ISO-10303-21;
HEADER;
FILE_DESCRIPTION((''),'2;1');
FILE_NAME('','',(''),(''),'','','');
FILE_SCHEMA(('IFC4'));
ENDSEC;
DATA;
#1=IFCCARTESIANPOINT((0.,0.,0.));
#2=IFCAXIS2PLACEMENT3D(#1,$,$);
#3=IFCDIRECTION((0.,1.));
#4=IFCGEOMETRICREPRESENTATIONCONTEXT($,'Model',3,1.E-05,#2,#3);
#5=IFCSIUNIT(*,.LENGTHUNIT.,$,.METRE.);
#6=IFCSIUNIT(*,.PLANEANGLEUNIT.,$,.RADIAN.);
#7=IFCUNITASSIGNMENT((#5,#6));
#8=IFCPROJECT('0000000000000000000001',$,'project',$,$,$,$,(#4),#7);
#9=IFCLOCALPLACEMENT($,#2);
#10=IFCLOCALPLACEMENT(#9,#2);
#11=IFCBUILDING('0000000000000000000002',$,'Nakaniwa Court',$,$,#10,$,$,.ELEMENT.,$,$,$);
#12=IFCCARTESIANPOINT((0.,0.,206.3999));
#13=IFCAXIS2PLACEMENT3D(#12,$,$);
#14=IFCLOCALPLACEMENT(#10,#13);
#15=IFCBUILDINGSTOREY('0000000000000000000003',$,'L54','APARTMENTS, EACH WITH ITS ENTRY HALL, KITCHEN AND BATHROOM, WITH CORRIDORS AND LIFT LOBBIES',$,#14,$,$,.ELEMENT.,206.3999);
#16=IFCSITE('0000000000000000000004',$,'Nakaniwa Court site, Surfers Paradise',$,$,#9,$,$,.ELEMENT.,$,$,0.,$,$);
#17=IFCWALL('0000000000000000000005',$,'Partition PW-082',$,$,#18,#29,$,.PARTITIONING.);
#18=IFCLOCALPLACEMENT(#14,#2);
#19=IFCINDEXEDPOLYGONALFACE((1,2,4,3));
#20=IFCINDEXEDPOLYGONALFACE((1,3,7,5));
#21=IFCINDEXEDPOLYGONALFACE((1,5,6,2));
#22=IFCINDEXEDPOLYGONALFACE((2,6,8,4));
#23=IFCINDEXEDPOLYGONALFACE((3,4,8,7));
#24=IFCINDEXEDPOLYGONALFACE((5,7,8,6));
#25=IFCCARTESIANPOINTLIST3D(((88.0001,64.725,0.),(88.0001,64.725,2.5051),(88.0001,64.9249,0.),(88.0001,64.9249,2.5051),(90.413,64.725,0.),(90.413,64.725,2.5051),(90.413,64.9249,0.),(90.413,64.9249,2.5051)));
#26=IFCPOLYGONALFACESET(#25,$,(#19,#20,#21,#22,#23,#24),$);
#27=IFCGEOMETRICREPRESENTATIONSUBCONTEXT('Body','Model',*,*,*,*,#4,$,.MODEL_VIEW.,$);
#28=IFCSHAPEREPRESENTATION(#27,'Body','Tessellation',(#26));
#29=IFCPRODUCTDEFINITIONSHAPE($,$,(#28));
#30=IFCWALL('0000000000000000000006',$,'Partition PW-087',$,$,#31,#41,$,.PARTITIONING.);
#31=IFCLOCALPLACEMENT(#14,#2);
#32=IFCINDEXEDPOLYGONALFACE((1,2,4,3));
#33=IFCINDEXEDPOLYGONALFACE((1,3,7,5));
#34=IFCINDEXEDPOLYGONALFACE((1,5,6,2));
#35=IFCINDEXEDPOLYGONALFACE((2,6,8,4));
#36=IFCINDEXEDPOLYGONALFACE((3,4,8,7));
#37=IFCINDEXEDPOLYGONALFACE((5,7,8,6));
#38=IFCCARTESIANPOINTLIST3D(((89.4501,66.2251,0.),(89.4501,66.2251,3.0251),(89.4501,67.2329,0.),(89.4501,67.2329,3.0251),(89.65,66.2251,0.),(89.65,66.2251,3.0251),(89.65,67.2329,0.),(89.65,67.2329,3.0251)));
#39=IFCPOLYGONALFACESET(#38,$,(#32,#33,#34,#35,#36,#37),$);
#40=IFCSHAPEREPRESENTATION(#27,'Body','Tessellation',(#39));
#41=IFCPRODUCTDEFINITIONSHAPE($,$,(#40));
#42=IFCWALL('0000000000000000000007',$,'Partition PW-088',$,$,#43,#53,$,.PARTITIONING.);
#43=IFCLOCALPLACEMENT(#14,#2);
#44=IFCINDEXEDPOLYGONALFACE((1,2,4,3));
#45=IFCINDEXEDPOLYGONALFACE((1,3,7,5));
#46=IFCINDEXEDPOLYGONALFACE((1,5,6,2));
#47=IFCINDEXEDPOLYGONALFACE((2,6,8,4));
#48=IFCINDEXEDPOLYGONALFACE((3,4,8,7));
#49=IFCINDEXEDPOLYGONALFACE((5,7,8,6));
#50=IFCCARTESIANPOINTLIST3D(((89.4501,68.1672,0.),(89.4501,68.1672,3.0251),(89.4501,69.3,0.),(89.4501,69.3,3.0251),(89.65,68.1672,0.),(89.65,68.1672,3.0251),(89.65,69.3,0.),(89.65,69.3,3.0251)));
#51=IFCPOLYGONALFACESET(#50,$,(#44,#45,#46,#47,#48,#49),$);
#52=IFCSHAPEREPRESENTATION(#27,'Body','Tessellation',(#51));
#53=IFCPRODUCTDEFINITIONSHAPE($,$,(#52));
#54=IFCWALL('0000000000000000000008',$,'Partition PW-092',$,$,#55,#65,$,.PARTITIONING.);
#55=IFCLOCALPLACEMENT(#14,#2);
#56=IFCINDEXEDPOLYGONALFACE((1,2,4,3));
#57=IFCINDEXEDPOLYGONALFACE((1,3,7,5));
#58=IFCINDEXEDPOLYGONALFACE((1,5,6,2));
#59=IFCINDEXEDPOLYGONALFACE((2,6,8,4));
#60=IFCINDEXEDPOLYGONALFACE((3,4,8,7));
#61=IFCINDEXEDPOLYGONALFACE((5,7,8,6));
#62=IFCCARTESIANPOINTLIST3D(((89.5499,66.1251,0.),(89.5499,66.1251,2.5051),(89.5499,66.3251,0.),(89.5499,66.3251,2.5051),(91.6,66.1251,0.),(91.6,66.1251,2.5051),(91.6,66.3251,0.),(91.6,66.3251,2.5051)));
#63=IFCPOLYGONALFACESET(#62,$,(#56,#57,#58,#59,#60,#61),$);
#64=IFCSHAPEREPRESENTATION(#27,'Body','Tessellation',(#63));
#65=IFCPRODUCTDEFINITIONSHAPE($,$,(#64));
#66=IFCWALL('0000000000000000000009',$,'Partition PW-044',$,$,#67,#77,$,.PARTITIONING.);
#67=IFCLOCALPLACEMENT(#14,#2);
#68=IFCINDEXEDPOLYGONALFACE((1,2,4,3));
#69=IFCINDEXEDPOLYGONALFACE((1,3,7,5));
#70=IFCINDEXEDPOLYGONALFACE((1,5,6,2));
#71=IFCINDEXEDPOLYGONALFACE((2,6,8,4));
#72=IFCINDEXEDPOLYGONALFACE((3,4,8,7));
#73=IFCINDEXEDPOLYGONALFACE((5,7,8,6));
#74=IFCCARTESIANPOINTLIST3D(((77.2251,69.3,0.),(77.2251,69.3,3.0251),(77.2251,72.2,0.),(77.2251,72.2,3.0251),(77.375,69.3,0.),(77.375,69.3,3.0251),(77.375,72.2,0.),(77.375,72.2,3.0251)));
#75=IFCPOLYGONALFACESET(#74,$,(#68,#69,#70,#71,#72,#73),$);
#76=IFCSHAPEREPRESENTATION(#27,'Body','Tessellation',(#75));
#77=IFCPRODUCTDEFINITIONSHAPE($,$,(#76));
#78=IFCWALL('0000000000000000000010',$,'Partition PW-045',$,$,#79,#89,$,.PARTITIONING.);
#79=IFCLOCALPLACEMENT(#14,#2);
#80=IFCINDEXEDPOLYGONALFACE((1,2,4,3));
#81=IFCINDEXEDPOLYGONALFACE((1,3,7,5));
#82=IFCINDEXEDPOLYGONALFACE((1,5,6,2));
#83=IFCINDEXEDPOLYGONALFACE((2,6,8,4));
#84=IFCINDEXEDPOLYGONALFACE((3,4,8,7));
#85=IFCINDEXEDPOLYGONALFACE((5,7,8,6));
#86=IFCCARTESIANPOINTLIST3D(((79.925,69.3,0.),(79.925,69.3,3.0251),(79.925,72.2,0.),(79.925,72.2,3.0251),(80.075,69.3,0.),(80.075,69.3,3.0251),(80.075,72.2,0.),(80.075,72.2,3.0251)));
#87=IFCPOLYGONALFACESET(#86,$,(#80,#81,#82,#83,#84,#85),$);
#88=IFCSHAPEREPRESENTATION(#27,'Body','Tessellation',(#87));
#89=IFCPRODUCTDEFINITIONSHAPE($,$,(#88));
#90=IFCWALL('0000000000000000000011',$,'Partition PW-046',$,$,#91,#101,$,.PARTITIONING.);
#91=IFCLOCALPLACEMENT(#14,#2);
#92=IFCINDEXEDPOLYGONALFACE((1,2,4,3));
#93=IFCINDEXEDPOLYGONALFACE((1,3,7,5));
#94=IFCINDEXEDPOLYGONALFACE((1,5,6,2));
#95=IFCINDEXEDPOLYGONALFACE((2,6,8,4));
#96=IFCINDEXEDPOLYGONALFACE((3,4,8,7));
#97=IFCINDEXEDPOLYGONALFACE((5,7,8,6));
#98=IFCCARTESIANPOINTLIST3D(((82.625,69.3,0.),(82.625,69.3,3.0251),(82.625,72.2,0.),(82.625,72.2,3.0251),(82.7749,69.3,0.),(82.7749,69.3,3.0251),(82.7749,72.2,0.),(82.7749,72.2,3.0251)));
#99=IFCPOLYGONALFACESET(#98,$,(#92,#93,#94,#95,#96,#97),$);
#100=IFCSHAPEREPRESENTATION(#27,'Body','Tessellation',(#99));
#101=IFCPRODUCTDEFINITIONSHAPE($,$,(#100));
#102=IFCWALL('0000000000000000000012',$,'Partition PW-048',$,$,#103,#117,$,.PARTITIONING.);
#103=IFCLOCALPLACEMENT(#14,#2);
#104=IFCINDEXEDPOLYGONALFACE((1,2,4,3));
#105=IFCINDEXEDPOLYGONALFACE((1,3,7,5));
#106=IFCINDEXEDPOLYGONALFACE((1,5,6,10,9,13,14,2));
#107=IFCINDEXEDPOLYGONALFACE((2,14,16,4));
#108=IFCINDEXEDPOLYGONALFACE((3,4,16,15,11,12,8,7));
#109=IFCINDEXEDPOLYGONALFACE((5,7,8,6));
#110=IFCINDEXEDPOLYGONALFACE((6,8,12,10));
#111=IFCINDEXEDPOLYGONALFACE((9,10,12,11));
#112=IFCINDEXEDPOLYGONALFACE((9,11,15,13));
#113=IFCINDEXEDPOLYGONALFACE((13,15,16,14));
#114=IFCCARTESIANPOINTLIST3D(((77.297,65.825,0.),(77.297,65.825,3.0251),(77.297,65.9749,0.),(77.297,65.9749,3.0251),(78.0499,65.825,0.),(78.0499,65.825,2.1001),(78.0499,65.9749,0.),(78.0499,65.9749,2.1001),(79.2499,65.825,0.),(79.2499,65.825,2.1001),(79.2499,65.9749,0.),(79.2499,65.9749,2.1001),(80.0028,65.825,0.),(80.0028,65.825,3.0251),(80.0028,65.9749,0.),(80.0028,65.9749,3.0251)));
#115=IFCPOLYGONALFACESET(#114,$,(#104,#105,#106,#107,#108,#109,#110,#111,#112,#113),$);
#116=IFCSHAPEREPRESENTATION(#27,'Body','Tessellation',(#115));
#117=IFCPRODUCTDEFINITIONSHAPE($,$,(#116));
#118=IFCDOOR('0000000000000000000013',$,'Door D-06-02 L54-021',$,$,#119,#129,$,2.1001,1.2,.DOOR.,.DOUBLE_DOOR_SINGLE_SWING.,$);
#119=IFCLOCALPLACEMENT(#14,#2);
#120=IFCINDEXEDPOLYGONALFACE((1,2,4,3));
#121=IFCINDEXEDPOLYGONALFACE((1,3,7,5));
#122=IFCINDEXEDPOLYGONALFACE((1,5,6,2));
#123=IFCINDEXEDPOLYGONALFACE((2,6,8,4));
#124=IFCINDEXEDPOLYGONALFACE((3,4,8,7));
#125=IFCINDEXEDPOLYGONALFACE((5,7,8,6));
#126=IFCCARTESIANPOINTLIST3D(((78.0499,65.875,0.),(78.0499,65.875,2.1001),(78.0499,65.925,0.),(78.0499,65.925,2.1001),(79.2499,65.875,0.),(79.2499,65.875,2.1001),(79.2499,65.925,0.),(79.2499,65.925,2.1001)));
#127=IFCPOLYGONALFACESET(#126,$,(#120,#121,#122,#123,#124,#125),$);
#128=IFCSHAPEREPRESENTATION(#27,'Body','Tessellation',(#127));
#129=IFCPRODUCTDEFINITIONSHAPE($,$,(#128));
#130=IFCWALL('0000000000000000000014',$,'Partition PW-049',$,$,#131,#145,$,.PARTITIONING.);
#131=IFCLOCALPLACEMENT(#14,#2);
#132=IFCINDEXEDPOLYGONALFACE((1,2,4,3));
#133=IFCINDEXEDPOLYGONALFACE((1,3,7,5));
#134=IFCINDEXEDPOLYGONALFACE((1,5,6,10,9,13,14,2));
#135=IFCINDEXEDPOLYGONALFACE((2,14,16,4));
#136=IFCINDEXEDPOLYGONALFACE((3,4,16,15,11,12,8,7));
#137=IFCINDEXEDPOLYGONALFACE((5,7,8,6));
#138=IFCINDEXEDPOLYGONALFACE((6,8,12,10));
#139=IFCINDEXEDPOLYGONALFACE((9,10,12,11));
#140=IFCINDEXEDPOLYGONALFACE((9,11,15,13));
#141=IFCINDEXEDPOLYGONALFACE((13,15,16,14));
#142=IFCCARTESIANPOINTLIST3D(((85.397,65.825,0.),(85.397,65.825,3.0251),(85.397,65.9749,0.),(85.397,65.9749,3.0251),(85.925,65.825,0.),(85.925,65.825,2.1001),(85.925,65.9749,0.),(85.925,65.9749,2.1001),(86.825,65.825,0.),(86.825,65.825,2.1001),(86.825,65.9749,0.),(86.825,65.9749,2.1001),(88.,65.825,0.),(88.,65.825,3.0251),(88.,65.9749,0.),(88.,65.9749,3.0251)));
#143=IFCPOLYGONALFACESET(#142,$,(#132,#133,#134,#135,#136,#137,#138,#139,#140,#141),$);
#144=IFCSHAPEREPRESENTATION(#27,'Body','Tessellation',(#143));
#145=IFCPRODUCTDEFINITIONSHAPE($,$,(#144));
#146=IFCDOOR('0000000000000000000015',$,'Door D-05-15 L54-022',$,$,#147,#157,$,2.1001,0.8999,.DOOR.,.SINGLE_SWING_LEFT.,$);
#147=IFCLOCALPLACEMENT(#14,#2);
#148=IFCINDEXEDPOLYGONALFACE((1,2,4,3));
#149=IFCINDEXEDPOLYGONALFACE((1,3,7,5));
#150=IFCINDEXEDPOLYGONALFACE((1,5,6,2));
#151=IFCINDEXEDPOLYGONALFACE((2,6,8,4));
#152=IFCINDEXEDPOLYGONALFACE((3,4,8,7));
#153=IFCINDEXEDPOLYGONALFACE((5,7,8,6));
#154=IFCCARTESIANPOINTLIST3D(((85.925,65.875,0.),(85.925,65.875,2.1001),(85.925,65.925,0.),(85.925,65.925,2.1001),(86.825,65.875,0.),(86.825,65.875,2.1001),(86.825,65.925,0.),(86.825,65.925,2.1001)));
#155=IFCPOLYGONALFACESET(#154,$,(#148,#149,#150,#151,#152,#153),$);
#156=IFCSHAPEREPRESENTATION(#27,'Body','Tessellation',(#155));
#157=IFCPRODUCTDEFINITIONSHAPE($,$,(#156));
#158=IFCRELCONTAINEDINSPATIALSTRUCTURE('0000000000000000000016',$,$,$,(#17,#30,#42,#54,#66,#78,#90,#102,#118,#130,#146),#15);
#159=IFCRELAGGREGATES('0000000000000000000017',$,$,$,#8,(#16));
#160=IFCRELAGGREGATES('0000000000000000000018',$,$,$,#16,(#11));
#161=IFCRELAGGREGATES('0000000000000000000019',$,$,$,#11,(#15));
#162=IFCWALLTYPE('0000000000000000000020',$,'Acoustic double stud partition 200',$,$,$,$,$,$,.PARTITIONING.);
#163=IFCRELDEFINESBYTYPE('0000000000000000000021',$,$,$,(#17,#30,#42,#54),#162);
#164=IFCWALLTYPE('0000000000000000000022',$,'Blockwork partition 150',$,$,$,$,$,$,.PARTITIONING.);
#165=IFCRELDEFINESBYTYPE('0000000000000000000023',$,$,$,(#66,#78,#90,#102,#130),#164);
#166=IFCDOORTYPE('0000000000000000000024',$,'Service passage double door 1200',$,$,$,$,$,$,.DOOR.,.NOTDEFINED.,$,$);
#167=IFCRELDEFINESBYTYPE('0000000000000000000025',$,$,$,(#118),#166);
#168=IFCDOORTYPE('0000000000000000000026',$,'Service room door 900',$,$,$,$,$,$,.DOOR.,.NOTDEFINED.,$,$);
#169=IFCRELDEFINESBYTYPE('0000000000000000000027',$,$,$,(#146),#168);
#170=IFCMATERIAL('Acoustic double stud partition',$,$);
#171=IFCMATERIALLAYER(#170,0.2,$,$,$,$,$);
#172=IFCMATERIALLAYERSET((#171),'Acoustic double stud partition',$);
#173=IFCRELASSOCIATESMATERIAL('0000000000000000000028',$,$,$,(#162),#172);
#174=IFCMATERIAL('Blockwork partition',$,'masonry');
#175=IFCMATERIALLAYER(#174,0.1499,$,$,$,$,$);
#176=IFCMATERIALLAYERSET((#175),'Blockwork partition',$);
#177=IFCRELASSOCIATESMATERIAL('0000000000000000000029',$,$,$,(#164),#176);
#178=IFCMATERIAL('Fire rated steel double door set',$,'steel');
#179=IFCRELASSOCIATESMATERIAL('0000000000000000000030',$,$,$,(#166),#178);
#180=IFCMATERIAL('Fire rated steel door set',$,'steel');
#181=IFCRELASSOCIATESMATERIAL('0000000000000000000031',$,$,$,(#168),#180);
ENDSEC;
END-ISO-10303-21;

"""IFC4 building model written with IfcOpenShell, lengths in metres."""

from ifc_helpers import new_model, si_unit, direction, frame, frame_2d, origin, place, context, subcontext, project, spatial, rectangle, extrude, material, layer, layer_set, type_object, element, fill, save


model = new_model("IFC4")

# Units and contexts
model_context = context("Model", 3, precision=1e-05, world=origin(), true_north=direction((0.0, 1.0)))
body_context = subcontext(model_context, "Body", "Model", "MODEL_VIEW")
ifc_project = project(units=[si_unit("LENGTHUNIT", "METRE"), si_unit("PLANEANGLEUNIT", "RADIAN")], contexts=[model_context])

# Site, building, storey
site_placement = place(None, origin())
site = spatial("IfcSite", under=ifc_project, at=site_placement, Name="Nakaniwa Court site, Surfers Paradise", CompositionType="ELEMENT", RefElevation=0.0)
building_placement = place(site_placement, origin())
building = spatial("IfcBuilding", under=site, at=building_placement, Name="Nakaniwa Court", CompositionType="ELEMENT")
storey_placement = place(building_placement, frame((0.0, 0.0, 206.3999)))
storey = spatial("IfcBuildingStorey", under=building, at=storey_placement, Name="L54", Description="APARTMENTS, EACH WITH ITS ENTRY HALL, KITCHEN AND BATHROOM, WITH CORRIDORS AND LIFT LOBBIES", CompositionType="ELEMENT", Elevation=206.3999)

# Walls
ifc_material_1 = material(Name="Acoustic double stud partition")
ifc_layer_1 = layer(ifc_material_1, 0.2)
ifc_layer_set_1 = layer_set([ifc_layer_1], Name="Acoustic double stud partition")
wall_type_1 = type_object("IfcWallType", Name="Acoustic double stud partition 200", PredefinedType="PARTITIONING", material=ifc_layer_set_1)
wall_1_placement = place(storey_placement, frame((88.0, 64.825, 0.0), z_axis=(0.0, 0.0, 1.0), x_axis=(1.0, 0.0, 0.0)))
element("IfcWall", 1, at=wall_1_placement, inside=storey, type_object=wall_type_1, Name="Partition PW-082", PredefinedType="PARTITIONING", context=body_context, shape_type="SweptSolid", body=[
    extrude(rectangle(XDim=2.4128, YDim=0.2, at=frame_2d((1.2065, 0.0))), origin(), (0.0, 0.0, 1.0), 2.5051),
])
wall_2_placement = place(storey_placement, frame((89.55, 66.2251, 0.0), z_axis=(0.0, 0.0, 1.0), x_axis=(0.0, 1.0, 0.0)))
element("IfcWall", 2, at=wall_2_placement, inside=storey, type_object=wall_type_1, Name="Partition PW-087", PredefinedType="PARTITIONING", context=body_context, shape_type="SweptSolid", body=[
    extrude(rectangle(XDim=1.0078, YDim=0.2, at=frame_2d((0.5039, 0.0))), origin(), (0.0, 0.0, 1.0), 3.0251),
])
wall_3_placement = place(storey_placement, frame((89.55, 68.1672, 0.0), z_axis=(0.0, 0.0, 1.0), x_axis=(0.0, 1.0, 0.0)))
element("IfcWall", 3, at=wall_3_placement, inside=storey, type_object=wall_type_1, Name="Partition PW-088", PredefinedType="PARTITIONING", context=body_context, shape_type="SweptSolid", body=[
    extrude(rectangle(XDim=1.1328, YDim=0.2, at=frame_2d((0.5664, 0.0))), origin(), (0.0, 0.0, 1.0), 3.0251),
])
wall_4_placement = place(storey_placement, frame((89.55, 66.2251, 0.0), z_axis=(0.0, 0.0, 1.0), x_axis=(1.0, 0.0, 0.0)))
element("IfcWall", 4, at=wall_4_placement, inside=storey, type_object=wall_type_1, Name="Partition PW-092", PredefinedType="PARTITIONING", context=body_context, shape_type="SweptSolid", body=[
    extrude(rectangle(XDim=2.05, YDim=0.2, at=frame_2d((1.0249, 0.0))), origin(), (0.0, 0.0, 1.0), 2.5051),
])
ifc_material_2 = material(Name="Blockwork partition", Category="masonry")
ifc_layer_2 = layer(ifc_material_2, 0.1499)
ifc_layer_set_2 = layer_set([ifc_layer_2], Name="Blockwork partition")
wall_type_2 = type_object("IfcWallType", Name="Blockwork partition 150", PredefinedType="PARTITIONING", material=ifc_layer_set_2)
for number, where, z_axis, x_axis, name in (
    (5, (77.3, 69.3, 0.0), (0.0, 0.0, 1.0), (0.0, 1.0, 0.0), "Partition PW-044"),
    (6, (80.0, 69.3, 0.0), (0.0, 0.0, 1.0), (0.0, 1.0, 0.0), "Partition PW-045"),
    (7, (82.7, 69.3, 0.0), (0.0, 0.0, 1.0), (0.0, 1.0, 0.0), "Partition PW-046"),
):
    element("IfcWall", number, at=place(storey_placement, frame(where, z_axis=z_axis, x_axis=x_axis)), inside=storey, type_object=wall_type_2, Name=name, PredefinedType="PARTITIONING", context=body_context, shape_type="SweptSolid", body=[
        extrude(rectangle(XDim=2.8999, YDim=0.1499, at=frame_2d((1.45, 0.0))), origin(), (0.0, 0.0, 1.0), 3.0251),
    ])

# Walls, openings, doors
wall_5_placement = place(storey_placement, frame((80.0029, 65.8999, 0.0), z_axis=(0.0, 0.0, 1.0), x_axis=(-1.0, 0.0, 0.0)))
wall_5 = element("IfcWall", 8, at=wall_5_placement, inside=storey, type_object=wall_type_2, Name="Partition PW-048", PredefinedType="PARTITIONING", context=body_context, shape_type="SweptSolid", body=[
    extrude(rectangle(XDim=2.7058, YDim=0.1499, at=frame_2d((1.353, 0.0))), origin(), (0.0, 0.0, 1.0), 3.0251),
])
opening_1_placement = place(wall_5_placement, frame((0.7529, 0.0, 0.0)))
opening_1 = element("IfcOpeningElement", 9, at=opening_1_placement, cuts=wall_5, PredefinedType="OPENING", context=body_context, shape_type="SweptSolid", body=[
    extrude(rectangle(XDim=1.2, YDim=2.1001, at=frame_2d((0.6001, 1.05))), frame((0.0, 0.085, 0.0), z_axis=(0.0, -1.0, 0.0), x_axis=(1.0, 0.0, 0.0)), (0.0, 0.0, 1.0), 0.1699),
])
ifc_material_3 = material(Name="Fire rated steel double door set", Category="steel")
door_type_1 = type_object("IfcDoorType", Name="Service passage double door 1200", OperationType="NOTDEFINED", PredefinedType="DOOR", material=ifc_material_3)
door_1_placement = place(opening_1_placement, origin())
door_1 = element("IfcDoor", 10, at=door_1_placement, inside=storey, type_object=door_type_1, Name="Door D-06-02 L54-021", OperationType="DOUBLE_DOOR_SINGLE_SWING", OverallHeight=2.1001, OverallWidth=1.2, PredefinedType="DOOR", context=body_context, shape_type="SweptSolid", body=[
    extrude(rectangle(XDim=1.2, YDim=2.1001, at=frame_2d((0.6001, 1.05))), frame((0.0, 0.0249, 0.0), z_axis=(0.0, -1.0, 0.0), x_axis=(1.0, 0.0, 0.0)), (0.0, 0.0, 1.0), 0.05),
])
fill(opening_1, door_1)
wall_6_placement = place(storey_placement, frame((88.0, 65.8999, 0.0), z_axis=(0.0, 0.0, 1.0), x_axis=(-1.0, 0.0, 0.0)))
wall_6 = element("IfcWall", 11, at=wall_6_placement, inside=storey, type_object=wall_type_2, Name="Partition PW-049", PredefinedType="PARTITIONING", context=body_context, shape_type="SweptSolid", body=[
    extrude(rectangle(XDim=2.603, YDim=0.1499, at=frame_2d((1.3015, 0.0))), origin(), (0.0, 0.0, 1.0), 3.0251),
])
opening_2_placement = place(wall_6_placement, frame((1.175, 0.0, 0.0)))
opening_2 = element("IfcOpeningElement", 12, at=opening_2_placement, cuts=wall_6, PredefinedType="OPENING", context=body_context, shape_type="SweptSolid", body=[
    extrude(rectangle(XDim=0.8999, YDim=2.1001, at=frame_2d((0.45, 1.05))), frame((0.0, 0.085, 0.0), z_axis=(0.0, -1.0, 0.0), x_axis=(1.0, 0.0, 0.0)), (0.0, 0.0, 1.0), 0.1699),
])
ifc_material_4 = material(Name="Fire rated steel door set", Category="steel")
door_type_2 = type_object("IfcDoorType", Name="Service room door 900", OperationType="NOTDEFINED", PredefinedType="DOOR", material=ifc_material_4)
door_2_placement = place(opening_2_placement, origin())
door_2 = element("IfcDoor", 13, at=door_2_placement, inside=storey, type_object=door_type_2, Name="Door D-05-15 L54-022", OperationType="SINGLE_SWING_LEFT", OverallHeight=2.1001, OverallWidth=0.8999, PredefinedType="DOOR", context=body_context, shape_type="SweptSolid", body=[
    extrude(rectangle(XDim=0.8999, YDim=2.1001, at=frame_2d((0.45, 1.05))), frame((0.0, 0.0249, 0.0), z_axis=(0.0, -1.0, 0.0), x_axis=(1.0, 0.0, 0.0)), (0.0, 0.0, 1.0), 0.05),
])
fill(opening_2, door_2)

save(model, "model.ifc")
